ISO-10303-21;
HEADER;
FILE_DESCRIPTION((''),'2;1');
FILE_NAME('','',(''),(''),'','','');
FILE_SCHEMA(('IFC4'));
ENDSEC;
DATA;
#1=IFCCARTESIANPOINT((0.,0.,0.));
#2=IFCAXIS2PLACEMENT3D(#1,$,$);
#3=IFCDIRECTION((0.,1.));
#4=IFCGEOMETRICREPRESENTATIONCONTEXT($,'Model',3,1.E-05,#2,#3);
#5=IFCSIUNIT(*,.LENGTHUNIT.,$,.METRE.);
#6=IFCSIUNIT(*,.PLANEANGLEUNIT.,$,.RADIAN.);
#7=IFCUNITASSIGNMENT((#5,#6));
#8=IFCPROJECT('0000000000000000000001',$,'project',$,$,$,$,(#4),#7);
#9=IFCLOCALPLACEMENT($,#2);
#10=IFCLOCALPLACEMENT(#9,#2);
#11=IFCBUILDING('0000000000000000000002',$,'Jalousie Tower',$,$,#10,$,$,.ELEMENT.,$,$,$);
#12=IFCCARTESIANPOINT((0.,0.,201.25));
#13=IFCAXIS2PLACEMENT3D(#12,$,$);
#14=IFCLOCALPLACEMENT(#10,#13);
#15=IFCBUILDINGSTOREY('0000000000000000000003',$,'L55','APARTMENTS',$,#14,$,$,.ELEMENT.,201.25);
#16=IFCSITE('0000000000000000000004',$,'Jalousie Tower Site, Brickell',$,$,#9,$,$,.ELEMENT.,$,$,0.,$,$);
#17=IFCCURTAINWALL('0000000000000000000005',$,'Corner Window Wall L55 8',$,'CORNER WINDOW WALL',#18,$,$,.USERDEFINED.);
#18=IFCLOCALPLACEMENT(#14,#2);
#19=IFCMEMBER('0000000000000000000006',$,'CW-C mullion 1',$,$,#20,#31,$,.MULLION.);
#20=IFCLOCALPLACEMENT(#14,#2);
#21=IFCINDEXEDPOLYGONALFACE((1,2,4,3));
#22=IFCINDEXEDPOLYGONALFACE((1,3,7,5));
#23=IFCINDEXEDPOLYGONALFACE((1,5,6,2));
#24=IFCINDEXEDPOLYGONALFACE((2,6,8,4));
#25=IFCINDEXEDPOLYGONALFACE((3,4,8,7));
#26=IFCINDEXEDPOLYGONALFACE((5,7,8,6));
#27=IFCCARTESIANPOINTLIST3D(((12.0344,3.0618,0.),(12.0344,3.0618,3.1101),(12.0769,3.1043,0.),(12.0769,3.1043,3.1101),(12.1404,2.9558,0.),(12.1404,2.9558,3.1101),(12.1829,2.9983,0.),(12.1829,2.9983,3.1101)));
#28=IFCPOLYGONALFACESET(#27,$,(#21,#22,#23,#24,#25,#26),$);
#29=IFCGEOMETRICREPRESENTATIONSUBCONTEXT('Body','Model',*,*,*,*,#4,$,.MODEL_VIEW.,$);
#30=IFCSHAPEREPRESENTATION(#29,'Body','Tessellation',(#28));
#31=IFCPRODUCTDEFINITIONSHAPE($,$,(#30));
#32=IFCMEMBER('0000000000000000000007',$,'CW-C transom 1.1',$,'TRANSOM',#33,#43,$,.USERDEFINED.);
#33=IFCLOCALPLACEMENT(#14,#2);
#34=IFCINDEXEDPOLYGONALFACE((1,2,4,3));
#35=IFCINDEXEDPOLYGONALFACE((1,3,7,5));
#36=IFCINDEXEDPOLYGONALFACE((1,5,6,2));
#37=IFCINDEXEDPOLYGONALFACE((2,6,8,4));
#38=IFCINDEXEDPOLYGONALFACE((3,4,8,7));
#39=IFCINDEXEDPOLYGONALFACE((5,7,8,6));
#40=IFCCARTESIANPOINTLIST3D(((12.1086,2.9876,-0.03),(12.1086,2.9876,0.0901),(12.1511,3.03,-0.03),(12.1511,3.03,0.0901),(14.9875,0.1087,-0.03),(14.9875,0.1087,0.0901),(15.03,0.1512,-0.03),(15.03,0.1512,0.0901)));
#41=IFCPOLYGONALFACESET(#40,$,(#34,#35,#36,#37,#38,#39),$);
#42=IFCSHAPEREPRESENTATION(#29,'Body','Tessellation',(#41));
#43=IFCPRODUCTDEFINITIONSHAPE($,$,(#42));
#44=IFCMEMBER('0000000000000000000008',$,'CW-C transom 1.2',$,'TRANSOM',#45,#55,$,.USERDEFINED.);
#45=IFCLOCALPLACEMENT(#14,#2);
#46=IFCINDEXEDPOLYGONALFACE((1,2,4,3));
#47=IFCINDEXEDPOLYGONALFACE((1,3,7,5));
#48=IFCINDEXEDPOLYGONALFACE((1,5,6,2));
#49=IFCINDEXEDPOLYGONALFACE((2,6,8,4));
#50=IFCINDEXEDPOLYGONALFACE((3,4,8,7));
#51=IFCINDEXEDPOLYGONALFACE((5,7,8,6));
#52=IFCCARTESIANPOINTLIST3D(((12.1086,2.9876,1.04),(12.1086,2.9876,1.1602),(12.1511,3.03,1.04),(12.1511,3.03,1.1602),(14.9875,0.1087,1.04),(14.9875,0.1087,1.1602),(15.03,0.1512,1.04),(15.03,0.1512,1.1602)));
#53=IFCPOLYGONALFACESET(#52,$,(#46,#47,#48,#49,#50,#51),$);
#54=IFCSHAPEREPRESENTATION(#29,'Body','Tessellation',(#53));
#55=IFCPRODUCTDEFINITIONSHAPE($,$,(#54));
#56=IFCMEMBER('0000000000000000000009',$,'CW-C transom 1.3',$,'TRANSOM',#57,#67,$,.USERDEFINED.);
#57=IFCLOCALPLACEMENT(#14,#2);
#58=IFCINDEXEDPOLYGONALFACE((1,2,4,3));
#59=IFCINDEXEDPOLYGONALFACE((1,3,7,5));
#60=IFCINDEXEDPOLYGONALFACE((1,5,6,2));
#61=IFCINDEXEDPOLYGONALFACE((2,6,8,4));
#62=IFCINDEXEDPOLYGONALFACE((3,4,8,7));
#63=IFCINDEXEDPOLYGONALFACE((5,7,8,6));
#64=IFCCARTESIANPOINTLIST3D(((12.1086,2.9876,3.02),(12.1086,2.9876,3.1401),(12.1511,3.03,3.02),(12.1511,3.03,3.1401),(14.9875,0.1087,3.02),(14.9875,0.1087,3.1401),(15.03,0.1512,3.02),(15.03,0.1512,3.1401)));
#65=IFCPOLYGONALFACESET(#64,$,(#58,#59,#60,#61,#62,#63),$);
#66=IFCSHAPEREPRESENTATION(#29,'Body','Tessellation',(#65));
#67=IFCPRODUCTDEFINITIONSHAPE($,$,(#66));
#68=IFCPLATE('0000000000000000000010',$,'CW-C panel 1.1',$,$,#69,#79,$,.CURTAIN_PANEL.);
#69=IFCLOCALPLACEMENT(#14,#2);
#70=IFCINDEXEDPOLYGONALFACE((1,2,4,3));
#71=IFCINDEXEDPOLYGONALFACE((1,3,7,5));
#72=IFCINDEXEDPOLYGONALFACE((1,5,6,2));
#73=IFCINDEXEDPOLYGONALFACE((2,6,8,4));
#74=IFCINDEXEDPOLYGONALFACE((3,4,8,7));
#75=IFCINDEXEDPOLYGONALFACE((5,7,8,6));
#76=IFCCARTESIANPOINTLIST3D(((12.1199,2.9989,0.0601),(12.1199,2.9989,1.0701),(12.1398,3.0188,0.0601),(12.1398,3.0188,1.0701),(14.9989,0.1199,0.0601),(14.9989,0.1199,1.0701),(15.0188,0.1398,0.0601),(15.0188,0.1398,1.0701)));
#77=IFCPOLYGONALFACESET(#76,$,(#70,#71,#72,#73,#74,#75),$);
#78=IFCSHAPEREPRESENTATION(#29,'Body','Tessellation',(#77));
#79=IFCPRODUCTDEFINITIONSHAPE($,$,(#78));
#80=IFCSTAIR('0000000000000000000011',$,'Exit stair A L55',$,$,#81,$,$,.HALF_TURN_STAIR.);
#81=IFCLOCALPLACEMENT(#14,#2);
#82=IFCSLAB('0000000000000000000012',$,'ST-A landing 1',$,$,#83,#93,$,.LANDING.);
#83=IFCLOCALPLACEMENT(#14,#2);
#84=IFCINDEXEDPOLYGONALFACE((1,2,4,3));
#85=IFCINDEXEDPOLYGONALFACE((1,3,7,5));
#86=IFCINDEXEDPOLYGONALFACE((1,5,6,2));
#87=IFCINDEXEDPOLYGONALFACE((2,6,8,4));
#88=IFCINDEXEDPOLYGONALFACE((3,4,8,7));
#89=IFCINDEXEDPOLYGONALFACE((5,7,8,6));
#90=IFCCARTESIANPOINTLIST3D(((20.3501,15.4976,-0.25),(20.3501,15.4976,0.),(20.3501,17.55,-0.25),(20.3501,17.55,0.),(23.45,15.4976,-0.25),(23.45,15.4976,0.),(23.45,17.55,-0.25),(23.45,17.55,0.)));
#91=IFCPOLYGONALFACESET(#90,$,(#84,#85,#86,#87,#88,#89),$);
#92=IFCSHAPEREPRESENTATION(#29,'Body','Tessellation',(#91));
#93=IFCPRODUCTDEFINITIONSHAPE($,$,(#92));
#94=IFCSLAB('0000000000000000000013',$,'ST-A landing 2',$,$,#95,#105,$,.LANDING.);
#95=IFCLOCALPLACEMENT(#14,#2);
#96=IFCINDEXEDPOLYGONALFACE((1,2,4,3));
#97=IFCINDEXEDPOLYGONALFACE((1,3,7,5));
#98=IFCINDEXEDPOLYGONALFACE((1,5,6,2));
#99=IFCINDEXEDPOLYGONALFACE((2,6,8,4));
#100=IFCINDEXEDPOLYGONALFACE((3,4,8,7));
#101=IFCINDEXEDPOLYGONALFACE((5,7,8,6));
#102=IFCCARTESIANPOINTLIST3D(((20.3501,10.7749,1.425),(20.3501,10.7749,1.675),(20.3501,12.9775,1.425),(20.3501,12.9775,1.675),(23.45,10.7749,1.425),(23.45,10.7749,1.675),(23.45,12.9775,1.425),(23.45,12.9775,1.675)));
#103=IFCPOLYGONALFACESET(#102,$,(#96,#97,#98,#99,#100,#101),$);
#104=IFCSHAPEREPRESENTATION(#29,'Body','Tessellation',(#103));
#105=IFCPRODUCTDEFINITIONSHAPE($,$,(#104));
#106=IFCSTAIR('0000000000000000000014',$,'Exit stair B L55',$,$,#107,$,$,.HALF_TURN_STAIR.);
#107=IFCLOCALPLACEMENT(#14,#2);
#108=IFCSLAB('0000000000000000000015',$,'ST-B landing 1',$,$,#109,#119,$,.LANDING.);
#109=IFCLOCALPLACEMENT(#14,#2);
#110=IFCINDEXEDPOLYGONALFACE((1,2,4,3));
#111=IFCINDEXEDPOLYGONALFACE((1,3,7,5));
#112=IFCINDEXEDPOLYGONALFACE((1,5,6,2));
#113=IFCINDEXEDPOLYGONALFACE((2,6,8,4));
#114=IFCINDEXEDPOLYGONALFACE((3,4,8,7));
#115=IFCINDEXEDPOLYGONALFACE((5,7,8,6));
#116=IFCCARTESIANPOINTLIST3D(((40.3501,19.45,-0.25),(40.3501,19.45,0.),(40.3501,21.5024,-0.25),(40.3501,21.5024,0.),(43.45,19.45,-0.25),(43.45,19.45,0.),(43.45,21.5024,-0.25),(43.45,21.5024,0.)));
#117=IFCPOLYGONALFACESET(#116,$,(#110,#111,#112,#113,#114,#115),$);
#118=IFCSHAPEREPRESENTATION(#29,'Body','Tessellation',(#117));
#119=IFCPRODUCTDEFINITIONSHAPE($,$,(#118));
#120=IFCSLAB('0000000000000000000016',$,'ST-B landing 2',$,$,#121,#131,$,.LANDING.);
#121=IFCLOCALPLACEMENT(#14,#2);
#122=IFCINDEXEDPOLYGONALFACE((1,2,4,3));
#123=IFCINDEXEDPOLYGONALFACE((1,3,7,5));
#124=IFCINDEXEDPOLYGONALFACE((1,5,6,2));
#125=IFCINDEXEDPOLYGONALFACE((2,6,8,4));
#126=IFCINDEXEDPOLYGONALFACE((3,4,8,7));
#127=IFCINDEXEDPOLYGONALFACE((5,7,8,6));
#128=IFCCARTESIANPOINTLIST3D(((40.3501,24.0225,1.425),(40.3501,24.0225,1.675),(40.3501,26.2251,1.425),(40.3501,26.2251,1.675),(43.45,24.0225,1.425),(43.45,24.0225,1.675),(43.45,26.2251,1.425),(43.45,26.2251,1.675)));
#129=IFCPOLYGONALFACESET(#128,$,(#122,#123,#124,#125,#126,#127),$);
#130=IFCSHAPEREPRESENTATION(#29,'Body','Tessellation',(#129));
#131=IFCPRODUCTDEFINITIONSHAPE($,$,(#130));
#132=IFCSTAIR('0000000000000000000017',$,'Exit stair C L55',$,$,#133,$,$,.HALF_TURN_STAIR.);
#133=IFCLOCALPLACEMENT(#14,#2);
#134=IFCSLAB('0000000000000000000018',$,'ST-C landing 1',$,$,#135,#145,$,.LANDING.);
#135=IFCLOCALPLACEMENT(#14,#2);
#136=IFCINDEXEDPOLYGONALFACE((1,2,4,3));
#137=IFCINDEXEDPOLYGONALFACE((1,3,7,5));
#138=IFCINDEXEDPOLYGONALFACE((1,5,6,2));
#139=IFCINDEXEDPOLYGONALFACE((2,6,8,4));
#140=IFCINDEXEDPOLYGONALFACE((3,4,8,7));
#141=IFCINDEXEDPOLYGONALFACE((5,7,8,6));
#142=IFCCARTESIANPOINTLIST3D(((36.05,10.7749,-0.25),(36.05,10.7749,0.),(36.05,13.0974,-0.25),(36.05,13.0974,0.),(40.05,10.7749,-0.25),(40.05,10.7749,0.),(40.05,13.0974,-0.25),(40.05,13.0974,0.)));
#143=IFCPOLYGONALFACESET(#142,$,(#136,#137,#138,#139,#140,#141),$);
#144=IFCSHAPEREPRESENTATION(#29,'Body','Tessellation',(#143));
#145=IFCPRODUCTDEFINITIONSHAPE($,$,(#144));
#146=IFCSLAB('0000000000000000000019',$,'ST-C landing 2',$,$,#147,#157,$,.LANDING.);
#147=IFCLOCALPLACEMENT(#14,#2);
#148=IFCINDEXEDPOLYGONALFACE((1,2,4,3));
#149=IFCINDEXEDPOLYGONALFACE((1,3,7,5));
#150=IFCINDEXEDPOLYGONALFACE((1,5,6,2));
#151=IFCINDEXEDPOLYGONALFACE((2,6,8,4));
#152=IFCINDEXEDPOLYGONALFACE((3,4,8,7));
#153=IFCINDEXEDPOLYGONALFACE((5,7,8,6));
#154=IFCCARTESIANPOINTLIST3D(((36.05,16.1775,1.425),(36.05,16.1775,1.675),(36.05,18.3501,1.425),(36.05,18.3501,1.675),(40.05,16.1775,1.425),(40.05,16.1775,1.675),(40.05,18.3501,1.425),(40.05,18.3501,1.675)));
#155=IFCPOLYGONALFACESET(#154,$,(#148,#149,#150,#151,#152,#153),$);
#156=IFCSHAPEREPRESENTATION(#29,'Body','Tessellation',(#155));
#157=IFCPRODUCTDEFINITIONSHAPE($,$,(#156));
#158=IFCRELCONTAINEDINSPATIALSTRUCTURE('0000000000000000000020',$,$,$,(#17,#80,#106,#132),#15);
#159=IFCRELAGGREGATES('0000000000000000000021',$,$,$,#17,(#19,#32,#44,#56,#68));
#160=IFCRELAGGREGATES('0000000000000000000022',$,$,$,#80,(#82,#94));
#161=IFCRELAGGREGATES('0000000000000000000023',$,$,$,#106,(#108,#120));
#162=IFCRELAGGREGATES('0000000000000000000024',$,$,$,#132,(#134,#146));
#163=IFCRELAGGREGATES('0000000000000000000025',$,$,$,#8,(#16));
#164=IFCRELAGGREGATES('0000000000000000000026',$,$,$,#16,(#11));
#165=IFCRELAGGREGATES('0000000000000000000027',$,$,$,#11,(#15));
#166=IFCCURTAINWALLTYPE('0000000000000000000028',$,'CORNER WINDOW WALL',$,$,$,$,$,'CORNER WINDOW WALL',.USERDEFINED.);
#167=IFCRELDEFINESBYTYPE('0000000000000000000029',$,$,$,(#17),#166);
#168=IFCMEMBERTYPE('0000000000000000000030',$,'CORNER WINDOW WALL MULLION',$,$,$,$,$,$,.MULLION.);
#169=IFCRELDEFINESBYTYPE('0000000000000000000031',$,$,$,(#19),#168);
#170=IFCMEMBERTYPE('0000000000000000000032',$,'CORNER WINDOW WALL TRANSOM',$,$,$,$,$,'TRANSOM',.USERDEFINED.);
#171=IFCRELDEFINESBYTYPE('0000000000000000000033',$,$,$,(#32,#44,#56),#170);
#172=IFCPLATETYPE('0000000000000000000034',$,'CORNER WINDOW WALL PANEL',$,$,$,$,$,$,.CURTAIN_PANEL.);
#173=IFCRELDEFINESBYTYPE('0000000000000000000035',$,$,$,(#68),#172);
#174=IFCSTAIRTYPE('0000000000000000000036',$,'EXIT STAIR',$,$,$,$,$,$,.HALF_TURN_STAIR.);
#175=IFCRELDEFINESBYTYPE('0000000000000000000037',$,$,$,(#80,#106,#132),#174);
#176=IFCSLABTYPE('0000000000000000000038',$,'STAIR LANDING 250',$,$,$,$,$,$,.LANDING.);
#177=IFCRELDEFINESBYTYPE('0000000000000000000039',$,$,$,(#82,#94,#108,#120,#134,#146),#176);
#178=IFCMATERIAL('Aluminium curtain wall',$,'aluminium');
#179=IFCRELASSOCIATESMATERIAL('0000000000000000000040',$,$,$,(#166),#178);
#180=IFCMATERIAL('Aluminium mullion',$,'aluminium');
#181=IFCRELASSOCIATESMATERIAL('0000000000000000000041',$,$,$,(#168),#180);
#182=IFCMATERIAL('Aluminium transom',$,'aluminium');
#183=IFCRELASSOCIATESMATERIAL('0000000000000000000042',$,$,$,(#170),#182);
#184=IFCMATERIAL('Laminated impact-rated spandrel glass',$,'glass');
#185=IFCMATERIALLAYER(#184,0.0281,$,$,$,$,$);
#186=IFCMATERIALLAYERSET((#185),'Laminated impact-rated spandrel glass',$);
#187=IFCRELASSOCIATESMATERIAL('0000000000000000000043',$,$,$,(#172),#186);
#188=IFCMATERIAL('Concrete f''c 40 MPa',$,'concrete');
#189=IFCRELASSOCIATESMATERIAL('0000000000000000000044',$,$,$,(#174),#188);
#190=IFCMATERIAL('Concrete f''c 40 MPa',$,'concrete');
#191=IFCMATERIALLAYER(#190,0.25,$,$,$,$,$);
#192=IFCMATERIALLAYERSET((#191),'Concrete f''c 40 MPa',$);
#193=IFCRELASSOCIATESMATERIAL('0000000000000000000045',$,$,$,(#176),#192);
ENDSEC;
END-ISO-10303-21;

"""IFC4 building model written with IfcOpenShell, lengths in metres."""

from ifc_helpers import new_model, si_unit, direction, frame, origin, origin_2d, place, context, subcontext, project, spatial, polyline, rectangle, outline, extrude, material, layer, layer_set, material_profile, profile_set, type_object, element, aggregate, save


model = new_model("IFC4")

# Units and contexts
model_context = context("Model", 3, precision=1e-05, world=origin(), true_north=direction((0.0, 1.0)))
body_context = subcontext(model_context, "Body", "Model", "MODEL_VIEW")
ifc_project = project(units=[si_unit("LENGTHUNIT", "METRE"), si_unit("PLANEANGLEUNIT", "RADIAN")], contexts=[model_context])

# Site, building, storey
site_placement = place(None, origin())
site = spatial("IfcSite", under=ifc_project, at=site_placement, Name="Jalousie Tower Site, Brickell", CompositionType="ELEMENT", RefElevation=0.0)
building_placement = place(site_placement, origin())
building = spatial("IfcBuilding", under=site, at=building_placement, Name="Jalousie Tower", CompositionType="ELEMENT")
storey_placement = place(building_placement, frame((0.0, 0.0, 201.25)))
storey = spatial("IfcBuildingStorey", under=building, at=storey_placement, Name="L55", Description="APARTMENTS", CompositionType="ELEMENT", Elevation=201.25)

# Curtain wall, members, plate
ifc_material_1 = material(Name="Aluminium curtain wall", Category="aluminium")
curtain_wall_type = type_object("IfcCurtainWallType", Name="CORNER WINDOW WALL", ElementType="CORNER WINDOW WALL", PredefinedType="USERDEFINED", material=ifc_material_1)
curtain_wall_placement = place(storey_placement, origin())
curtain_wall = element("IfcCurtainWall", 1, at=curtain_wall_placement, inside=storey, type_object=curtain_wall_type, Name="Corner Window Wall L55 8", ObjectType="CORNER WINDOW WALL", PredefinedType="USERDEFINED")
ifc_material_2 = material(Name="Aluminium mullion", Category="aluminium")
ifc_material_profile_1 = material_profile(ifc_material_2, rectangle(XDim=0.0601, YDim=0.1499, at=origin_2d()), Name="MULLION 60x150")
ifc_profile_set_1 = profile_set([ifc_material_profile_1], Name="Aluminium mullion")
member_type_1 = type_object("IfcMemberType", Name="CORNER WINDOW WALL MULLION", PredefinedType="MULLION", material=ifc_profile_set_1)
member_1_placement = place(storey_placement, frame((12.1086, 3.03, 0.0), z_axis=(0.0, 0.0, 1.0), x_axis=(0.707107, 0.707107, 0.0)))
member_1 = element("IfcMember", 2, at=member_1_placement, type_object=member_type_1, Name="CW-C mullion 1", PredefinedType="MULLION", context=body_context, shape_type="SweptSolid", body=[
    extrude(rectangle(XDim=0.0601, YDim=0.1499, at=origin_2d()), origin(), (0.0, 0.0, 1.0), 3.1101),
])
ifc_material_3 = material(Name="Aluminium transom", Category="aluminium")
ifc_material_profile_2 = material_profile(ifc_material_3, rectangle(XDim=0.0601, YDim=0.1201, at=origin_2d()), Name="TRANSOM 60x120")
ifc_profile_set_2 = profile_set([ifc_material_profile_2], Name="Aluminium transom")
member_type_2 = type_object("IfcMemberType", Name="CORNER WINDOW WALL TRANSOM", ElementType="TRANSOM", PredefinedType="USERDEFINED", material=ifc_profile_set_2)
member_2_placement = place(storey_placement, frame((12.1299, 3.0088, 0.03), z_axis=(0.707107, -0.707107, 0.0), x_axis=(0.707107, 0.707107, 0.0)))
member_2 = element("IfcMember", 3, at=member_2_placement, type_object=member_type_2, Name="CW-C transom 1.1", ObjectType="TRANSOM", PredefinedType="USERDEFINED", context=body_context, shape_type="SweptSolid", body=[
    extrude(rectangle(XDim=0.0601, YDim=0.1201, at=origin_2d()), origin(), (0.0, 0.0, 1.0), 4.0713),
])
member_3_placement = place(storey_placement, frame((12.1299, 3.0088, 1.1001), z_axis=(0.707107, -0.707107, 0.0), x_axis=(0.707107, 0.707107, 0.0)))
member_3 = element("IfcMember", 4, at=member_3_placement, type_object=member_type_2, Name="CW-C transom 1.2", ObjectType="TRANSOM", PredefinedType="USERDEFINED", context=body_context, shape_type="SweptSolid", body=[
    extrude(rectangle(XDim=0.0601, YDim=0.1201, at=origin_2d()), origin(), (0.0, 0.0, 1.0), 4.0713),
])
member_4_placement = place(storey_placement, frame((12.1299, 3.0088, 3.0801), z_axis=(0.707107, -0.707107, 0.0), x_axis=(0.707107, 0.707107, 0.0)))
member_4 = element("IfcMember", 5, at=member_4_placement, type_object=member_type_2, Name="CW-C transom 1.3", ObjectType="TRANSOM", PredefinedType="USERDEFINED", context=body_context, shape_type="SweptSolid", body=[
    extrude(rectangle(XDim=0.0601, YDim=0.1201, at=origin_2d()), origin(), (0.0, 0.0, 1.0), 4.0713),
])
ifc_material_4 = material(Name="Laminated impact-rated spandrel glass", Category="glass")
ifc_layer_1 = layer(ifc_material_4, 0.0281)
ifc_layer_set_1 = layer_set([ifc_layer_1], Name="Laminated impact-rated spandrel glass")
plate_type = type_object("IfcPlateType", Name="CORNER WINDOW WALL PANEL", PredefinedType="CURTAIN_PANEL", material=ifc_layer_set_1)
plate_placement = place(storey_placement, frame((13.5693, 1.5693, 0.0601), z_axis=(0.0, 0.0, 1.0), x_axis=(0.707107, -0.707107, 0.0)))
plate = element("IfcPlate", 6, at=plate_placement, type_object=plate_type, Name="CW-C panel 1.1", PredefinedType="CURTAIN_PANEL", context=body_context, shape_type="SweptSolid", body=[
    extrude(rectangle(XDim=4.0715, YDim=0.0281, at=origin_2d()), origin(), (0.0, 0.0, 1.0), 1.01),
])
aggregate(curtain_wall, [member_1, member_2, member_3, member_4, plate])

# Stairs, slabs
ifc_material_5 = material(Name="Concrete f'c 40 MPa", Category="concrete")
stair_type = type_object("IfcStairType", Name="EXIT STAIR", PredefinedType="HALF_TURN_STAIR", material=ifc_material_5)
stair_1_placement = place(storey_placement, origin())
stair_1 = element("IfcStair", 7, at=stair_1_placement, inside=storey, type_object=stair_type, Name="Exit stair A L55", PredefinedType="HALF_TURN_STAIR")
ifc_material_6 = material(Name="Concrete f'c 40 MPa", Category="concrete")
ifc_layer_2 = layer(ifc_material_6, 0.25)
ifc_layer_set_2 = layer_set([ifc_layer_2], Name="Concrete f'c 40 MPa")
slab_type_1 = type_object("IfcSlabType", Name="STAIR LANDING 250", PredefinedType="LANDING", material=ifc_layer_set_2)
slab_1_placement = place(storey_placement, frame((0.0, 0.0, -0.25)))
slab_1 = element("IfcSlab", 8, at=slab_1_placement, type_object=slab_type_1, Name="ST-A landing 1", PredefinedType="LANDING", context=body_context, shape_type="SweptSolid", body=[
    extrude(outline(polyline([(20.3501, 15.4976), (23.45, 15.4976), (23.45, 17.55), (20.3501, 17.55), (20.3501, 15.4976)])), origin(), (0.0, 0.0, 1.0), 0.25),
])
slab_2_placement = place(storey_placement, frame((0.0, 0.0, 1.425)))
slab_2 = element("IfcSlab", 9, at=slab_2_placement, type_object=slab_type_1, Name="ST-A landing 2", PredefinedType="LANDING", context=body_context, shape_type="SweptSolid", body=[
    extrude(outline(polyline([(20.3501, 10.7749), (23.45, 10.7749), (23.45, 12.9775), (20.3501, 12.9775), (20.3501, 10.7749)])), origin(), (0.0, 0.0, 1.0), 0.25),
])
aggregate(stair_1, [slab_1, slab_2])
stair_2_placement = place(storey_placement, origin())
stair_2 = element("IfcStair", 10, at=stair_2_placement, inside=storey, type_object=stair_type, Name="Exit stair B L55", PredefinedType="HALF_TURN_STAIR")
slab_3_placement = place(storey_placement, frame((0.0, 0.0, -0.25)))
slab_3 = element("IfcSlab", 11, at=slab_3_placement, type_object=slab_type_1, Name="ST-B landing 1", PredefinedType="LANDING", context=body_context, shape_type="SweptSolid", body=[
    extrude(outline(polyline([(40.3501, 19.45), (43.45, 19.45), (43.45, 21.5024), (40.3501, 21.5024), (40.3501, 19.45)])), origin(), (0.0, 0.0, 1.0), 0.25),
])
slab_4_placement = place(storey_placement, frame((0.0, 0.0, 1.425)))
slab_4 = element("IfcSlab", 12, at=slab_4_placement, type_object=slab_type_1, Name="ST-B landing 2", PredefinedType="LANDING", context=body_context, shape_type="SweptSolid", body=[
    extrude(outline(polyline([(40.3501, 24.0225), (43.45, 24.0225), (43.45, 26.2251), (40.3501, 26.2251), (40.3501, 24.0225)])), origin(), (0.0, 0.0, 1.0), 0.25),
])
aggregate(stair_2, [slab_3, slab_4])
stair_3_placement = place(storey_placement, origin())
stair_3 = element("IfcStair", 13, at=stair_3_placement, inside=storey, type_object=stair_type, Name="Exit stair C L55", PredefinedType="HALF_TURN_STAIR")
slab_5_placement = place(storey_placement, frame((0.0, 0.0, -0.25)))
slab_5 = element("IfcSlab", 14, at=slab_5_placement, type_object=slab_type_1, Name="ST-C landing 1", PredefinedType="LANDING", context=body_context, shape_type="SweptSolid", body=[
    extrude(outline(polyline([(36.05, 10.7749), (40.05, 10.7749), (40.05, 13.0974), (36.05, 13.0974), (36.05, 10.7749)])), origin(), (0.0, 0.0, 1.0), 0.25),
])
slab_6_placement = place(storey_placement, frame((0.0, 0.0, 1.425)))
slab_6 = element("IfcSlab", 15, at=slab_6_placement, type_object=slab_type_1, Name="ST-C landing 2", PredefinedType="LANDING", context=body_context, shape_type="SweptSolid", body=[
    extrude(outline(polyline([(36.05, 16.1775), (40.05, 16.1775), (40.05, 18.3501), (36.05, 18.3501), (36.05, 16.1775)])), origin(), (0.0, 0.0, 1.0), 0.25),
])
aggregate(stair_3, [slab_5, slab_6])

save(model, "model.ifc")
